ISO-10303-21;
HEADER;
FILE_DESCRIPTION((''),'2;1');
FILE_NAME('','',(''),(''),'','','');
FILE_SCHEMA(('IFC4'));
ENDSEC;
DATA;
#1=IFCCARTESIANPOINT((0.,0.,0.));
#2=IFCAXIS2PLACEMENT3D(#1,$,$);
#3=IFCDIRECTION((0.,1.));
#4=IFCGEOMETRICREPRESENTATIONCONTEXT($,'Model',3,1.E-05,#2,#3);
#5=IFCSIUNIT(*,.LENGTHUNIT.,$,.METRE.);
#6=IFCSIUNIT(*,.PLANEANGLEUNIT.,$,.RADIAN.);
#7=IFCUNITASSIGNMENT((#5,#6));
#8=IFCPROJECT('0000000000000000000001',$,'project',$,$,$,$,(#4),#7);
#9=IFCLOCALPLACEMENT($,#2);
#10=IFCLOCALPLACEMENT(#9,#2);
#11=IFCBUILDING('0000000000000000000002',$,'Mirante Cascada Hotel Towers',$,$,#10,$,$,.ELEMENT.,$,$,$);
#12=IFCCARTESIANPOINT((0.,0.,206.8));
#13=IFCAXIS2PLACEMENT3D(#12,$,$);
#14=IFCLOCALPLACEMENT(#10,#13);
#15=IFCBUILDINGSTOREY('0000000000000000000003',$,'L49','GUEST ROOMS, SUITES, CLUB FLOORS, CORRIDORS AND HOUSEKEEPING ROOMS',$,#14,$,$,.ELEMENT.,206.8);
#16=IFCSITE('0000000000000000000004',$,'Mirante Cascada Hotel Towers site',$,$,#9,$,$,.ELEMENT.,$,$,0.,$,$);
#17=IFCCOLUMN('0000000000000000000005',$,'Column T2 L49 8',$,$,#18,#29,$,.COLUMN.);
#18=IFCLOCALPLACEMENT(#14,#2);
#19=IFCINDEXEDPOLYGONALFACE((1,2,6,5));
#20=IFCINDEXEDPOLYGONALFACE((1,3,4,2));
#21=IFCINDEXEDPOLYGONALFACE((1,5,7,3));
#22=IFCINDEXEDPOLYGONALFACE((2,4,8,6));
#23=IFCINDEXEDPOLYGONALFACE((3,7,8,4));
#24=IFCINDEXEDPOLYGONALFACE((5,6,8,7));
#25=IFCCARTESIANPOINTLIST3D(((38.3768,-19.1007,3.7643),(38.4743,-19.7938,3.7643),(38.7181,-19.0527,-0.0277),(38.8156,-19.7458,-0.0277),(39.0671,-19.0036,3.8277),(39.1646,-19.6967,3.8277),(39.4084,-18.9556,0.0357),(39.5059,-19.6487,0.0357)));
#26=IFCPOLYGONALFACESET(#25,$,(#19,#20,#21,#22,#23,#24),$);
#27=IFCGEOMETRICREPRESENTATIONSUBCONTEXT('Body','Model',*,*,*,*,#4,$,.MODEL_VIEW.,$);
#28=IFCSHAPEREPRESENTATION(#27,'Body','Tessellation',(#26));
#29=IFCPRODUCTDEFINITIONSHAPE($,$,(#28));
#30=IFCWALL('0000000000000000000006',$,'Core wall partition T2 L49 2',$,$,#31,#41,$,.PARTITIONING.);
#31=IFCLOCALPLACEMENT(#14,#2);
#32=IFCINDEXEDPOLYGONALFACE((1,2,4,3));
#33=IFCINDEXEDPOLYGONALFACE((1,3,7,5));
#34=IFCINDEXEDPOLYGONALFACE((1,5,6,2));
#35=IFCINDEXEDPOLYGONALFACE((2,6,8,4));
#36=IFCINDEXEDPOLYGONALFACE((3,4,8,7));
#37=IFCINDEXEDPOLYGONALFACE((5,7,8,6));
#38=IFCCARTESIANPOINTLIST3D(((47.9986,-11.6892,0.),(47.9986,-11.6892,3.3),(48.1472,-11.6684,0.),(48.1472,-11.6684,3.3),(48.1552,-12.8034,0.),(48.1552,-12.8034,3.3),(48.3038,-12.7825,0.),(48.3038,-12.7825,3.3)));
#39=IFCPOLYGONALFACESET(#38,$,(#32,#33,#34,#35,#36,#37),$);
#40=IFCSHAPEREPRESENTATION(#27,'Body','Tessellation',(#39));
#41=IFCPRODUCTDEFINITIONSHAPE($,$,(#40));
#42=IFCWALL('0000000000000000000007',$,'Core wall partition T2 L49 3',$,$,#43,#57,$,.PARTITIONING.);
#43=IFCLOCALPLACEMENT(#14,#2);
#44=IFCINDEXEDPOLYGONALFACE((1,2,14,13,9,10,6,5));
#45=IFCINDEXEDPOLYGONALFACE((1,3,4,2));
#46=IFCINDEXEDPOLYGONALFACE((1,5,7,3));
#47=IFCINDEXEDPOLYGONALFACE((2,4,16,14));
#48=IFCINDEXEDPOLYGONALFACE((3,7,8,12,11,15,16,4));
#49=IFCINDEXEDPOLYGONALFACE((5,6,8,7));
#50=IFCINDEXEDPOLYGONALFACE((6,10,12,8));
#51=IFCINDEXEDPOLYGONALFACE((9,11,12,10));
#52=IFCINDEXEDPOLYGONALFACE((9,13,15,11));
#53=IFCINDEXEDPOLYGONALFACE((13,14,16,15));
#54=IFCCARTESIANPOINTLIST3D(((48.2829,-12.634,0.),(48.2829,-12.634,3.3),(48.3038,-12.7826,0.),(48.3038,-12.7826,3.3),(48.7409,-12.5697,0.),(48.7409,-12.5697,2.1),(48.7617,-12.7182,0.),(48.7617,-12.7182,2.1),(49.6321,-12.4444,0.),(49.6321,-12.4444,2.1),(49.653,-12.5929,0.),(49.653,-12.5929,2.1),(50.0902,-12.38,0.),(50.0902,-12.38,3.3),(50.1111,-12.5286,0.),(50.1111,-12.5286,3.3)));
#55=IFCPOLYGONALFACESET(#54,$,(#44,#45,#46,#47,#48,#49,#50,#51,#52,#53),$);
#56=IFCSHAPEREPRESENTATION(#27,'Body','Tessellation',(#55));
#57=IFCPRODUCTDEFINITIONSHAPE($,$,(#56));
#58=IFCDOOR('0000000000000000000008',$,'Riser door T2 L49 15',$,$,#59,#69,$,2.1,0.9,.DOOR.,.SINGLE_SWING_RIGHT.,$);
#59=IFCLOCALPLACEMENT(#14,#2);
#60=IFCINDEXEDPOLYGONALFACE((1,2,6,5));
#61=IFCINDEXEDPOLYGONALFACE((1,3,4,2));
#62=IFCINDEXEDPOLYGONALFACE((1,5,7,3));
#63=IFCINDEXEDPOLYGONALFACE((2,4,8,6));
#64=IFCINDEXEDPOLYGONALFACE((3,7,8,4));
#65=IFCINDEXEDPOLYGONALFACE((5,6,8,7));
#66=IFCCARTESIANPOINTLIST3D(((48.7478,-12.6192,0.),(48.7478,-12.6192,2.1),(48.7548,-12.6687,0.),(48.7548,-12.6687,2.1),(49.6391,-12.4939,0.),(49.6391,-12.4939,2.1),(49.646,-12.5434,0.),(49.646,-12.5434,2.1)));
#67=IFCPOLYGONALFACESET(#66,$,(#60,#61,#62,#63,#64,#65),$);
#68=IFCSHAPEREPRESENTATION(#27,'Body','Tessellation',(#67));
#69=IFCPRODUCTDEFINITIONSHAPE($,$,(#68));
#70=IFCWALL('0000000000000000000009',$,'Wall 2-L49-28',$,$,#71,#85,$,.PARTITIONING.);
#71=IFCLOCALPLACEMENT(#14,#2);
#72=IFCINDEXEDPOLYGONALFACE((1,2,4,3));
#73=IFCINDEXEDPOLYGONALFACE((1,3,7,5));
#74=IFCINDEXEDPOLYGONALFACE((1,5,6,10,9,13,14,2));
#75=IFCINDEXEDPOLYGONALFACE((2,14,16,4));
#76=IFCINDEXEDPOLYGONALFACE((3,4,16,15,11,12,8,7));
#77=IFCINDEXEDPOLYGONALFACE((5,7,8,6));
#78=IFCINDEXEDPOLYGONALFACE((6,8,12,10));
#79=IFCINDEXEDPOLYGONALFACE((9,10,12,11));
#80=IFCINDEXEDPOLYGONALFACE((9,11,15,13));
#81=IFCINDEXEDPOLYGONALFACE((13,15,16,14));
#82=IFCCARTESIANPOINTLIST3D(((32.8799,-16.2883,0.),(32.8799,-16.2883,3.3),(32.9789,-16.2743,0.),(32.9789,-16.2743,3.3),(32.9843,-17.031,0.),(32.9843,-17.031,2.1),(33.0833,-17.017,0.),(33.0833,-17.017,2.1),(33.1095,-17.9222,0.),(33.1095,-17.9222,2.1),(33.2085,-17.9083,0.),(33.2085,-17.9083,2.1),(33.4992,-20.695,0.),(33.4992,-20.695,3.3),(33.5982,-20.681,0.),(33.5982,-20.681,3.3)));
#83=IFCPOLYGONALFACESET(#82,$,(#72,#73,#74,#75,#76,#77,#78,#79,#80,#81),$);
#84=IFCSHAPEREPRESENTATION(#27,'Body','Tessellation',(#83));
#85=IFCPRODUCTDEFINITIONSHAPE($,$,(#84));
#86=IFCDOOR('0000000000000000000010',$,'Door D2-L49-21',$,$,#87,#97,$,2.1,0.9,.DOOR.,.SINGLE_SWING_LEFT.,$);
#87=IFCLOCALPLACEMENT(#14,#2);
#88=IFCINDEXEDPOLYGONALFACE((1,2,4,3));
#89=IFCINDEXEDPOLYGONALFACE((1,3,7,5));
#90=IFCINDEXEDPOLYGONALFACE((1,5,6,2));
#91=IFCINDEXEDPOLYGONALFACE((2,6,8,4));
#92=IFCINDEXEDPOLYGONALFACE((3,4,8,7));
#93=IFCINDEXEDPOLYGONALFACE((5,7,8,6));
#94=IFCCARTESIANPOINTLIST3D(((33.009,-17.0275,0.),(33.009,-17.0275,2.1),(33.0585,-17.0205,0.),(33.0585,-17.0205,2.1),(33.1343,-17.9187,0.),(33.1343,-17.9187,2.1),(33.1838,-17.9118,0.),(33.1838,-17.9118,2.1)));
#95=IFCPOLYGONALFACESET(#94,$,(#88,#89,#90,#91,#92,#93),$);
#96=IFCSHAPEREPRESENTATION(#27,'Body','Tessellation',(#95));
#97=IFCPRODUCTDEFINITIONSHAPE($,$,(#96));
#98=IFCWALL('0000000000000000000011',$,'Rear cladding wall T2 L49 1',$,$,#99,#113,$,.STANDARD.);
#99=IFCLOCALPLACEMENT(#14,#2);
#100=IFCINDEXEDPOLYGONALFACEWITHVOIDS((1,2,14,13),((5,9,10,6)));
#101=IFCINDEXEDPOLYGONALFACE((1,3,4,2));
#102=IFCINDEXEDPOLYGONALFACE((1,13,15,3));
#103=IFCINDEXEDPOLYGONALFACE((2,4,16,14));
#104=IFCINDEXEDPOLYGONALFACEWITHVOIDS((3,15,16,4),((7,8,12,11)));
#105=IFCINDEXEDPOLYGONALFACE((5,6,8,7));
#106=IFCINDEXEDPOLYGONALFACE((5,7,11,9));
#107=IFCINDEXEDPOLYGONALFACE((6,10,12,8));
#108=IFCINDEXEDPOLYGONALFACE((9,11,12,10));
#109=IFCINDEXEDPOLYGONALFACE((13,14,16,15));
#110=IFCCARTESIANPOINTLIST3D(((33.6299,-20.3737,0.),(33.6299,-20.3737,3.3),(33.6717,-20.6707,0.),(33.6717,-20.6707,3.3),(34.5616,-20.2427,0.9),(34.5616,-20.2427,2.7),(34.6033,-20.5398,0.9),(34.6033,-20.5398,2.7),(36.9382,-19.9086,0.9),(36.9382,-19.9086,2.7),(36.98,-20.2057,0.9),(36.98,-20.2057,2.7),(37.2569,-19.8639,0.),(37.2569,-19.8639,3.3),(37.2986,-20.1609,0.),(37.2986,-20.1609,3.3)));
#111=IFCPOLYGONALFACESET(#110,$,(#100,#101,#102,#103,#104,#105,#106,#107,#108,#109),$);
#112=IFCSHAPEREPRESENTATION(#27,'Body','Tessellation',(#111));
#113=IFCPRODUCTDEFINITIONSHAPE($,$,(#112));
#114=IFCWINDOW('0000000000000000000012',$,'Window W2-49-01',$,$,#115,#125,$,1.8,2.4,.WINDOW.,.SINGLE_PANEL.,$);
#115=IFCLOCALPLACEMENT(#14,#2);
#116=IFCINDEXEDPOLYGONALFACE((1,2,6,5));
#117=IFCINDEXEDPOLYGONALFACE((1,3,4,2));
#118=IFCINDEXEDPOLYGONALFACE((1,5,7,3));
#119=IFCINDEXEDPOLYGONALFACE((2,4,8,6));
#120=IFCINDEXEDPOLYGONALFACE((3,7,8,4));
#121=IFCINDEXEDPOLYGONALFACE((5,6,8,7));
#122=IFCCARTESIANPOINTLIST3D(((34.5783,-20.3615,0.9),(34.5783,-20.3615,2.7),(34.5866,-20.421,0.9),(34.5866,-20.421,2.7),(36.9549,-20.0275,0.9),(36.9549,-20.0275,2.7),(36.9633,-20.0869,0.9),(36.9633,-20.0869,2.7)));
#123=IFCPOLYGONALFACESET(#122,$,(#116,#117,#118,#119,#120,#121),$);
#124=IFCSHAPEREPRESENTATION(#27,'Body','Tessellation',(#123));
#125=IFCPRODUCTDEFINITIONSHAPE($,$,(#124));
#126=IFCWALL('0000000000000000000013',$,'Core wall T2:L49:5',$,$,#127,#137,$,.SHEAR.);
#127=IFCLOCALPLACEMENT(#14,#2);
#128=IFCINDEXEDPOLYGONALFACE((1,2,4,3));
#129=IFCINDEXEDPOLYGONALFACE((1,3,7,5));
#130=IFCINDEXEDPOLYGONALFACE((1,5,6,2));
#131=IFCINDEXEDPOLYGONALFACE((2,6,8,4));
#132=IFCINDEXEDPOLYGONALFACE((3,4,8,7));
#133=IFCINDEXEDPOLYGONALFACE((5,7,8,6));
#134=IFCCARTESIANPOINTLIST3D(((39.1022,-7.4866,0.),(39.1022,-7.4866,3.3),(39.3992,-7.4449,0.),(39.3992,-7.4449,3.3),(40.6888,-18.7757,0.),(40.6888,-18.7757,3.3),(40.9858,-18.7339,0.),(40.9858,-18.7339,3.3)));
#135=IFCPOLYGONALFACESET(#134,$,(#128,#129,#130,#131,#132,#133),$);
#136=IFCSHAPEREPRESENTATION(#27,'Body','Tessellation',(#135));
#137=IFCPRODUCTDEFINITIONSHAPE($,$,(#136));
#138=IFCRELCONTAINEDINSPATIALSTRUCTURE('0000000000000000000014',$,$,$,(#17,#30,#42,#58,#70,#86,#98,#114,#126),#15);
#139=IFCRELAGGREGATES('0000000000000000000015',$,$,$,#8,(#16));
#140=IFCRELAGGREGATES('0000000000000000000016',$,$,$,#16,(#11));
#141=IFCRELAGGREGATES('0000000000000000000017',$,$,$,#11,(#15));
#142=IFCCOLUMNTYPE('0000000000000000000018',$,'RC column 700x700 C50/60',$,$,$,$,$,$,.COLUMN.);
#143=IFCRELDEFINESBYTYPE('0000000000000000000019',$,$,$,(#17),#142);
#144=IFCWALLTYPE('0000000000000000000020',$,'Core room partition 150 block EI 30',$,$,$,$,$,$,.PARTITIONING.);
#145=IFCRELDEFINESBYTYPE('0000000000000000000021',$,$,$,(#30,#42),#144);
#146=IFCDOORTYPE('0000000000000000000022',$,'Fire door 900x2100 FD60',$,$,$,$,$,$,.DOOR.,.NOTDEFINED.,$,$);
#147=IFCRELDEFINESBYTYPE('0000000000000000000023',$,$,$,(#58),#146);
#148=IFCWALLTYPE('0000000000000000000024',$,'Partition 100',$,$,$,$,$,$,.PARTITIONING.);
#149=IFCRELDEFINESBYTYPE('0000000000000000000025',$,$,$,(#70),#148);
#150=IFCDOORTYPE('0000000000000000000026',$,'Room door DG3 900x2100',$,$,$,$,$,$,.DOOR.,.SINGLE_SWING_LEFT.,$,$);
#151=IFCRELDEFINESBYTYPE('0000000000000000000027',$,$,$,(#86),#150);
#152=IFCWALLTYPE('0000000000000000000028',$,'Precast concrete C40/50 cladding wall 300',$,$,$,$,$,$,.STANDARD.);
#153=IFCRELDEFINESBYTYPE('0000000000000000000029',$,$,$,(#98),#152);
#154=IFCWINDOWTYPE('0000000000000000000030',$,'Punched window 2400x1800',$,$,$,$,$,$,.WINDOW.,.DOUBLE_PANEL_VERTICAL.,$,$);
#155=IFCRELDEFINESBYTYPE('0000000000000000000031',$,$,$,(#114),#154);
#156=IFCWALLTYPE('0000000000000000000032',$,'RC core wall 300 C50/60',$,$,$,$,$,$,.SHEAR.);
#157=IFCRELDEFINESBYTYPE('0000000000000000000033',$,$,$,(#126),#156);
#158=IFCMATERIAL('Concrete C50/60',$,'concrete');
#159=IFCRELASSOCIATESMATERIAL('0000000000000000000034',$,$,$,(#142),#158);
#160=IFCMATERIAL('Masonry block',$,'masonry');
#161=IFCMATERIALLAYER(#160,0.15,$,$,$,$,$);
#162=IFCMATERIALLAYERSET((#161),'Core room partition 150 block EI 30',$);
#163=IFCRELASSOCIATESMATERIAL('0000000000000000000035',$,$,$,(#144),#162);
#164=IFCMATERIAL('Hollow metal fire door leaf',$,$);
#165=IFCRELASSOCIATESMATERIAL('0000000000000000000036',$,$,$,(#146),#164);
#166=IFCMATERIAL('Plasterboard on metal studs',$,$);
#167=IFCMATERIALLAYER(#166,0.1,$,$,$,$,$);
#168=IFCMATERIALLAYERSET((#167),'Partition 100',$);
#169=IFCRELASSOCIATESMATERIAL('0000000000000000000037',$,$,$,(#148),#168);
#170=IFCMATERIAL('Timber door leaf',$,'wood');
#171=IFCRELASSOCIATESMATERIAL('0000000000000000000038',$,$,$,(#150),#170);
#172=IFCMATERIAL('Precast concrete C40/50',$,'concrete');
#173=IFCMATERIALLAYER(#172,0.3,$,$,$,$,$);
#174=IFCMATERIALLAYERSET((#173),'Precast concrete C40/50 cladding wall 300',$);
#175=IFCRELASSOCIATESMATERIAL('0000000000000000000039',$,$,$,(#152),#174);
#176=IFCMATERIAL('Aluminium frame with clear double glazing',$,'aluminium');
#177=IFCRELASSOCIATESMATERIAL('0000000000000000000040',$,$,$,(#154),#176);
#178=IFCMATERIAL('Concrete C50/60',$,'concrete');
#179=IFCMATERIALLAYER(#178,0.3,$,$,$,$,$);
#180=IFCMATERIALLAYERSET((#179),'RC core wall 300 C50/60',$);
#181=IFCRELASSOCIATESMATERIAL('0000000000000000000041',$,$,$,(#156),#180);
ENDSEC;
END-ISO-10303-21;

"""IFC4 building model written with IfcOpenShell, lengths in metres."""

from ifc_helpers import new_model, si_unit, direction, frame, frame_2d, origin, origin_2d, place, context, subcontext, project, spatial, rectangle, extrude, material, layer, layer_set, material_profile, profile_set, type_object, element, fill, save


model = new_model("IFC4")

# Units and contexts
model_context = context("Model", 3, precision=1e-05, world=origin(), true_north=direction((0.0, 1.0)))
body_context = subcontext(model_context, "Body", "Model", "MODEL_VIEW")
ifc_project = project(units=[si_unit("LENGTHUNIT", "METRE"), si_unit("PLANEANGLEUNIT", "RADIAN")], contexts=[model_context])

# Site, building, storey
site_placement = place(None, origin())
site = spatial("IfcSite", under=ifc_project, at=site_placement, Name="Mirante Cascada Hotel Towers site", CompositionType="ELEMENT", RefElevation=0.0)
building_placement = place(site_placement, origin())
building = spatial("IfcBuilding", under=site, at=building_placement, Name="Mirante Cascada Hotel Towers", CompositionType="ELEMENT")
storey_placement = place(building_placement, frame((0.0, 0.0, 206.8)))
storey = spatial("IfcBuildingStorey", under=building, at=storey_placement, Name="L49", Description="GUEST ROOMS, SUITES, CLUB FLOORS, CORRIDORS AND HOUSEKEEPING ROOMS", CompositionType="ELEMENT", Elevation=206.8)

# Column
ifc_material_1 = material(Name="Concrete C50/60", Category="concrete")
ifc_material_profile = material_profile(ifc_material_1, rectangle(XDim=0.7, YDim=0.7, at=origin_2d()), Name="RC column 700x700 C50/60")
ifc_profile_set = profile_set([ifc_material_profile], Name="Concrete C50/60")
column_type = type_object("IfcColumnType", Name="RC column 700x700 C50/60", PredefinedType="COLUMN", material=ifc_profile_set)
column_placement = place(storey_placement, frame((39.112, -19.3507, 0.004), z_axis=(-0.089636, -0.012606, 0.995895), x_axis=(0.139268, -0.990255, 0.0)))
element("IfcColumn", 1, at=column_placement, inside=storey, type_object=column_type, Name="Column T2 L49 8", PredefinedType="COLUMN", context=body_context, shape_type="SweptSolid", body=[
    extrude(rectangle(XDim=0.7, YDim=0.7, at=origin_2d()), origin(), (0.0, 0.0, 1.0), 3.8076),
])

# Wall
ifc_material_2 = material(Name="Masonry block", Category="masonry")
ifc_layer_1 = layer(ifc_material_2, 0.15)
ifc_layer_set_1 = layer_set([ifc_layer_1], Name="Core room partition 150 block EI 30")
wall_type_1 = type_object("IfcWallType", Name="Core room partition 150 block EI 30", PredefinedType="PARTITIONING", material=ifc_layer_set_1)
wall_1_placement = place(storey_placement, frame((48.2295, -12.793, 0.0), z_axis=(0.0, 0.0, 1.0), x_axis=(-0.139193, 0.990265, 0.0)))
element("IfcWall", 2, at=wall_1_placement, inside=storey, type_object=wall_type_1, Name="Core wall partition T2 L49 2", PredefinedType="PARTITIONING", context=body_context, shape_type="SweptSolid", body=[
    extrude(rectangle(XDim=1.1251, YDim=0.15, at=frame_2d((0.5626, 0.0))), origin(), (0.0, 0.0, 1.0), 3.3),
])

# Walls, openings, doors
wall_2_placement = place(storey_placement, frame((48.2933, -12.7083, 0.0), z_axis=(0.0, 0.0, 1.0), x_axis=(0.990268, 0.139173, 0.0)))
wall_2 = element("IfcWall", 3, at=wall_2_placement, inside=storey, type_object=wall_type_1, Name="Core wall partition T2 L49 3", PredefinedType="PARTITIONING", context=body_context, shape_type="SweptSolid", body=[
    extrude(rectangle(XDim=1.8251, YDim=0.15, at=frame_2d((0.9126, 0.0))), origin(), (0.0, 0.0, 1.0), 3.3),
])
opening_1_placement = place(wall_2_placement, frame((0.4625, 0.0, 0.0)))
opening_1 = element("IfcOpeningElement", 4, at=opening_1_placement, cuts=wall_2, PredefinedType="OPENING", context=body_context, shape_type="SweptSolid", body=[
    extrude(rectangle(XDim=0.9, YDim=2.1, at=frame_2d((0.45, 1.05))), frame((0.0, 0.075, 0.0), z_axis=(0.0, -1.0, 0.0), x_axis=(1.0, 0.0, 0.0)), (0.0, 0.0, 1.0), 0.15),
])
ifc_material_3 = material(Name="Hollow metal fire door leaf")
door_type_1 = type_object("IfcDoorType", Name="Fire door 900x2100 FD60", OperationType="NOTDEFINED", PredefinedType="DOOR", material=ifc_material_3)
door_1_placement = place(opening_1_placement, frame((0.9, 0.0, 0.0), z_axis=(0.0, 0.0, 1.0), x_axis=(-1.0, 0.0, 0.0)))
door_1 = element("IfcDoor", 5, at=door_1_placement, inside=storey, type_object=door_type_1, Name="Riser door T2 L49 15", OperationType="SINGLE_SWING_RIGHT", OverallHeight=2.1, OverallWidth=0.9, PredefinedType="DOOR", context=body_context, shape_type="SweptSolid", body=[
    extrude(rectangle(XDim=0.9, YDim=2.1, at=frame_2d((0.45, 1.05))), frame((0.0, 0.025, 0.0), z_axis=(0.0, -1.0, 0.0), x_axis=(1.0, 0.0, 0.0)), (0.0, 0.0, 1.0), 0.05),
])
fill(opening_1, door_1)
ifc_material_4 = material(Name="Plasterboard on metal studs")
ifc_layer_2 = layer(ifc_material_4, 0.1)
ifc_layer_set_2 = layer_set([ifc_layer_2], Name="Partition 100")
wall_type_2 = type_object("IfcWallType", Name="Partition 100", PredefinedType="PARTITIONING", material=ifc_layer_set_2)
wall_3_placement = place(storey_placement, frame((33.5487, -20.688, 0.0), z_axis=(0.0, 0.0, 1.0), x_axis=(-0.139168, 0.990269, 0.0)))
wall_3 = element("IfcWall", 6, at=wall_3_placement, inside=storey, type_object=wall_type_2, Name="Wall 2-L49-28", PredefinedType="PARTITIONING", context=body_context, shape_type="SweptSolid", body=[
    extrude(rectangle(XDim=4.45, YDim=0.1, at=frame_2d((2.225, 0.0))), origin(), (0.0, 0.0, 1.0), 3.3),
])
opening_2_placement = place(wall_3_placement, frame((2.8, 0.0, 0.0)))
opening_2 = element("IfcOpeningElement", 7, at=opening_2_placement, cuts=wall_3, PredefinedType="OPENING", context=body_context, shape_type="SweptSolid", body=[
    extrude(rectangle(XDim=0.9, YDim=2.1, at=frame_2d((0.45, 1.05))), frame((0.0, 0.05, 0.0), z_axis=(0.0, -1.0, 0.0), x_axis=(1.0, 0.0, 0.0)), (0.0, 0.0, 1.0), 0.1),
])
ifc_material_5 = material(Name="Timber door leaf", Category="wood")
door_type_2 = type_object("IfcDoorType", Name="Room door DG3 900x2100", OperationType="SINGLE_SWING_LEFT", PredefinedType="DOOR", material=ifc_material_5)
door_2_placement = place(opening_2_placement, origin())
door_2 = element("IfcDoor", 8, at=door_2_placement, inside=storey, type_object=door_type_2, Name="Door D2-L49-21", OperationType="SINGLE_SWING_LEFT", OverallHeight=2.1, OverallWidth=0.9, PredefinedType="DOOR", context=body_context, shape_type="SweptSolid", body=[
    extrude(rectangle(XDim=0.9, YDim=2.1, at=frame_2d((0.45, 1.05))), frame((0.0, 0.025, 0.0), z_axis=(0.0, -1.0, 0.0), x_axis=(1.0, 0.0, 0.0)), (0.0, 0.0, 1.0), 0.05),
])
fill(opening_2, door_2)

# Wall, opening, window
ifc_material_6 = material(Name="Precast concrete C40/50", Category="concrete")
ifc_layer_3 = layer(ifc_material_6, 0.3)
ifc_layer_set_3 = layer_set([ifc_layer_3], Name="Precast concrete C40/50 cladding wall 300")
wall_type_3 = type_object("IfcWallType", Name="Precast concrete C40/50 cladding wall 300", PredefinedType="STANDARD", material=ifc_layer_set_3)
wall_4_placement = place(storey_placement, frame((33.6508, -20.5222, 0.0), z_axis=(0.0, 0.0, 1.0), x_axis=(0.990265, 0.139192, 0.0)))
wall_4 = element("IfcWall", 9, at=wall_4_placement, inside=storey, type_object=wall_type_3, Name="Rear cladding wall T2 L49 1", PredefinedType="STANDARD", context=body_context, shape_type="SweptSolid", body=[
    extrude(rectangle(XDim=3.6626, YDim=0.3, at=frame_2d((1.8313, 0.0))), origin(), (0.0, 0.0, 1.0), 3.3),
])
opening_3_placement = place(wall_4_placement, frame((0.9408, 0.0, 0.9)))
opening_3 = element("IfcOpeningElement", 10, at=opening_3_placement, cuts=wall_4, PredefinedType="OPENING", context=body_context, shape_type="SweptSolid", body=[
    extrude(rectangle(XDim=2.4, YDim=1.8, at=frame_2d((1.2, 0.9))), frame((0.0, 0.15, 0.0), z_axis=(0.0, -1.0, 0.0), x_axis=(1.0, 0.0, 0.0)), (0.0, 0.0, 1.0), 0.3),
])
ifc_material_7 = material(Name="Aluminium frame with clear double glazing", Category="aluminium")
window_type = type_object("IfcWindowType", Name="Punched window 2400x1800", PartitioningType="DOUBLE_PANEL_VERTICAL", PredefinedType="WINDOW", material=ifc_material_7)
window_placement = place(opening_3_placement, origin())
window = element("IfcWindow", 11, at=window_placement, inside=storey, type_object=window_type, Name="Window W2-49-01", OverallHeight=1.8, OverallWidth=2.4, PartitioningType="SINGLE_PANEL", PredefinedType="WINDOW", context=body_context, shape_type="SweptSolid", body=[
    extrude(rectangle(XDim=2.4, YDim=1.8, at=frame_2d((1.2, 0.9))), frame((0.0, 0.03, 0.0), z_axis=(0.0, -1.0, 0.0), x_axis=(1.0, 0.0, 0.0)), (0.0, 0.0, 1.0), 0.06),
])
fill(opening_3, window)

# Wall
ifc_material_8 = material(Name="Concrete C50/60", Category="concrete")
ifc_layer_4 = layer(ifc_material_8, 0.3)
ifc_layer_set_4 = layer_set([ifc_layer_4], Name="RC core wall 300 C50/60")
wall_type_4 = type_object("IfcWallType", Name="RC core wall 300 C50/60", PredefinedType="SHEAR", material=ifc_layer_set_4)
wall_5_placement = place(storey_placement, frame((40.8373, -18.7548, 0.0), z_axis=(0.0, 0.0, 1.0), x_axis=(-0.139175, 0.990268, 0.0)))
element("IfcWall", 12, at=wall_5_placement, inside=storey, type_object=wall_type_4, Name="Core wall T2:L49:5", PredefinedType="SHEAR", context=body_context, shape_type="SweptSolid", body=[
    extrude(rectangle(XDim=11.4, YDim=0.3, at=frame_2d((5.7, 0.0))), origin(), (0.0, 0.0, 1.0), 3.3),
])

save(model, "model.ifc")
